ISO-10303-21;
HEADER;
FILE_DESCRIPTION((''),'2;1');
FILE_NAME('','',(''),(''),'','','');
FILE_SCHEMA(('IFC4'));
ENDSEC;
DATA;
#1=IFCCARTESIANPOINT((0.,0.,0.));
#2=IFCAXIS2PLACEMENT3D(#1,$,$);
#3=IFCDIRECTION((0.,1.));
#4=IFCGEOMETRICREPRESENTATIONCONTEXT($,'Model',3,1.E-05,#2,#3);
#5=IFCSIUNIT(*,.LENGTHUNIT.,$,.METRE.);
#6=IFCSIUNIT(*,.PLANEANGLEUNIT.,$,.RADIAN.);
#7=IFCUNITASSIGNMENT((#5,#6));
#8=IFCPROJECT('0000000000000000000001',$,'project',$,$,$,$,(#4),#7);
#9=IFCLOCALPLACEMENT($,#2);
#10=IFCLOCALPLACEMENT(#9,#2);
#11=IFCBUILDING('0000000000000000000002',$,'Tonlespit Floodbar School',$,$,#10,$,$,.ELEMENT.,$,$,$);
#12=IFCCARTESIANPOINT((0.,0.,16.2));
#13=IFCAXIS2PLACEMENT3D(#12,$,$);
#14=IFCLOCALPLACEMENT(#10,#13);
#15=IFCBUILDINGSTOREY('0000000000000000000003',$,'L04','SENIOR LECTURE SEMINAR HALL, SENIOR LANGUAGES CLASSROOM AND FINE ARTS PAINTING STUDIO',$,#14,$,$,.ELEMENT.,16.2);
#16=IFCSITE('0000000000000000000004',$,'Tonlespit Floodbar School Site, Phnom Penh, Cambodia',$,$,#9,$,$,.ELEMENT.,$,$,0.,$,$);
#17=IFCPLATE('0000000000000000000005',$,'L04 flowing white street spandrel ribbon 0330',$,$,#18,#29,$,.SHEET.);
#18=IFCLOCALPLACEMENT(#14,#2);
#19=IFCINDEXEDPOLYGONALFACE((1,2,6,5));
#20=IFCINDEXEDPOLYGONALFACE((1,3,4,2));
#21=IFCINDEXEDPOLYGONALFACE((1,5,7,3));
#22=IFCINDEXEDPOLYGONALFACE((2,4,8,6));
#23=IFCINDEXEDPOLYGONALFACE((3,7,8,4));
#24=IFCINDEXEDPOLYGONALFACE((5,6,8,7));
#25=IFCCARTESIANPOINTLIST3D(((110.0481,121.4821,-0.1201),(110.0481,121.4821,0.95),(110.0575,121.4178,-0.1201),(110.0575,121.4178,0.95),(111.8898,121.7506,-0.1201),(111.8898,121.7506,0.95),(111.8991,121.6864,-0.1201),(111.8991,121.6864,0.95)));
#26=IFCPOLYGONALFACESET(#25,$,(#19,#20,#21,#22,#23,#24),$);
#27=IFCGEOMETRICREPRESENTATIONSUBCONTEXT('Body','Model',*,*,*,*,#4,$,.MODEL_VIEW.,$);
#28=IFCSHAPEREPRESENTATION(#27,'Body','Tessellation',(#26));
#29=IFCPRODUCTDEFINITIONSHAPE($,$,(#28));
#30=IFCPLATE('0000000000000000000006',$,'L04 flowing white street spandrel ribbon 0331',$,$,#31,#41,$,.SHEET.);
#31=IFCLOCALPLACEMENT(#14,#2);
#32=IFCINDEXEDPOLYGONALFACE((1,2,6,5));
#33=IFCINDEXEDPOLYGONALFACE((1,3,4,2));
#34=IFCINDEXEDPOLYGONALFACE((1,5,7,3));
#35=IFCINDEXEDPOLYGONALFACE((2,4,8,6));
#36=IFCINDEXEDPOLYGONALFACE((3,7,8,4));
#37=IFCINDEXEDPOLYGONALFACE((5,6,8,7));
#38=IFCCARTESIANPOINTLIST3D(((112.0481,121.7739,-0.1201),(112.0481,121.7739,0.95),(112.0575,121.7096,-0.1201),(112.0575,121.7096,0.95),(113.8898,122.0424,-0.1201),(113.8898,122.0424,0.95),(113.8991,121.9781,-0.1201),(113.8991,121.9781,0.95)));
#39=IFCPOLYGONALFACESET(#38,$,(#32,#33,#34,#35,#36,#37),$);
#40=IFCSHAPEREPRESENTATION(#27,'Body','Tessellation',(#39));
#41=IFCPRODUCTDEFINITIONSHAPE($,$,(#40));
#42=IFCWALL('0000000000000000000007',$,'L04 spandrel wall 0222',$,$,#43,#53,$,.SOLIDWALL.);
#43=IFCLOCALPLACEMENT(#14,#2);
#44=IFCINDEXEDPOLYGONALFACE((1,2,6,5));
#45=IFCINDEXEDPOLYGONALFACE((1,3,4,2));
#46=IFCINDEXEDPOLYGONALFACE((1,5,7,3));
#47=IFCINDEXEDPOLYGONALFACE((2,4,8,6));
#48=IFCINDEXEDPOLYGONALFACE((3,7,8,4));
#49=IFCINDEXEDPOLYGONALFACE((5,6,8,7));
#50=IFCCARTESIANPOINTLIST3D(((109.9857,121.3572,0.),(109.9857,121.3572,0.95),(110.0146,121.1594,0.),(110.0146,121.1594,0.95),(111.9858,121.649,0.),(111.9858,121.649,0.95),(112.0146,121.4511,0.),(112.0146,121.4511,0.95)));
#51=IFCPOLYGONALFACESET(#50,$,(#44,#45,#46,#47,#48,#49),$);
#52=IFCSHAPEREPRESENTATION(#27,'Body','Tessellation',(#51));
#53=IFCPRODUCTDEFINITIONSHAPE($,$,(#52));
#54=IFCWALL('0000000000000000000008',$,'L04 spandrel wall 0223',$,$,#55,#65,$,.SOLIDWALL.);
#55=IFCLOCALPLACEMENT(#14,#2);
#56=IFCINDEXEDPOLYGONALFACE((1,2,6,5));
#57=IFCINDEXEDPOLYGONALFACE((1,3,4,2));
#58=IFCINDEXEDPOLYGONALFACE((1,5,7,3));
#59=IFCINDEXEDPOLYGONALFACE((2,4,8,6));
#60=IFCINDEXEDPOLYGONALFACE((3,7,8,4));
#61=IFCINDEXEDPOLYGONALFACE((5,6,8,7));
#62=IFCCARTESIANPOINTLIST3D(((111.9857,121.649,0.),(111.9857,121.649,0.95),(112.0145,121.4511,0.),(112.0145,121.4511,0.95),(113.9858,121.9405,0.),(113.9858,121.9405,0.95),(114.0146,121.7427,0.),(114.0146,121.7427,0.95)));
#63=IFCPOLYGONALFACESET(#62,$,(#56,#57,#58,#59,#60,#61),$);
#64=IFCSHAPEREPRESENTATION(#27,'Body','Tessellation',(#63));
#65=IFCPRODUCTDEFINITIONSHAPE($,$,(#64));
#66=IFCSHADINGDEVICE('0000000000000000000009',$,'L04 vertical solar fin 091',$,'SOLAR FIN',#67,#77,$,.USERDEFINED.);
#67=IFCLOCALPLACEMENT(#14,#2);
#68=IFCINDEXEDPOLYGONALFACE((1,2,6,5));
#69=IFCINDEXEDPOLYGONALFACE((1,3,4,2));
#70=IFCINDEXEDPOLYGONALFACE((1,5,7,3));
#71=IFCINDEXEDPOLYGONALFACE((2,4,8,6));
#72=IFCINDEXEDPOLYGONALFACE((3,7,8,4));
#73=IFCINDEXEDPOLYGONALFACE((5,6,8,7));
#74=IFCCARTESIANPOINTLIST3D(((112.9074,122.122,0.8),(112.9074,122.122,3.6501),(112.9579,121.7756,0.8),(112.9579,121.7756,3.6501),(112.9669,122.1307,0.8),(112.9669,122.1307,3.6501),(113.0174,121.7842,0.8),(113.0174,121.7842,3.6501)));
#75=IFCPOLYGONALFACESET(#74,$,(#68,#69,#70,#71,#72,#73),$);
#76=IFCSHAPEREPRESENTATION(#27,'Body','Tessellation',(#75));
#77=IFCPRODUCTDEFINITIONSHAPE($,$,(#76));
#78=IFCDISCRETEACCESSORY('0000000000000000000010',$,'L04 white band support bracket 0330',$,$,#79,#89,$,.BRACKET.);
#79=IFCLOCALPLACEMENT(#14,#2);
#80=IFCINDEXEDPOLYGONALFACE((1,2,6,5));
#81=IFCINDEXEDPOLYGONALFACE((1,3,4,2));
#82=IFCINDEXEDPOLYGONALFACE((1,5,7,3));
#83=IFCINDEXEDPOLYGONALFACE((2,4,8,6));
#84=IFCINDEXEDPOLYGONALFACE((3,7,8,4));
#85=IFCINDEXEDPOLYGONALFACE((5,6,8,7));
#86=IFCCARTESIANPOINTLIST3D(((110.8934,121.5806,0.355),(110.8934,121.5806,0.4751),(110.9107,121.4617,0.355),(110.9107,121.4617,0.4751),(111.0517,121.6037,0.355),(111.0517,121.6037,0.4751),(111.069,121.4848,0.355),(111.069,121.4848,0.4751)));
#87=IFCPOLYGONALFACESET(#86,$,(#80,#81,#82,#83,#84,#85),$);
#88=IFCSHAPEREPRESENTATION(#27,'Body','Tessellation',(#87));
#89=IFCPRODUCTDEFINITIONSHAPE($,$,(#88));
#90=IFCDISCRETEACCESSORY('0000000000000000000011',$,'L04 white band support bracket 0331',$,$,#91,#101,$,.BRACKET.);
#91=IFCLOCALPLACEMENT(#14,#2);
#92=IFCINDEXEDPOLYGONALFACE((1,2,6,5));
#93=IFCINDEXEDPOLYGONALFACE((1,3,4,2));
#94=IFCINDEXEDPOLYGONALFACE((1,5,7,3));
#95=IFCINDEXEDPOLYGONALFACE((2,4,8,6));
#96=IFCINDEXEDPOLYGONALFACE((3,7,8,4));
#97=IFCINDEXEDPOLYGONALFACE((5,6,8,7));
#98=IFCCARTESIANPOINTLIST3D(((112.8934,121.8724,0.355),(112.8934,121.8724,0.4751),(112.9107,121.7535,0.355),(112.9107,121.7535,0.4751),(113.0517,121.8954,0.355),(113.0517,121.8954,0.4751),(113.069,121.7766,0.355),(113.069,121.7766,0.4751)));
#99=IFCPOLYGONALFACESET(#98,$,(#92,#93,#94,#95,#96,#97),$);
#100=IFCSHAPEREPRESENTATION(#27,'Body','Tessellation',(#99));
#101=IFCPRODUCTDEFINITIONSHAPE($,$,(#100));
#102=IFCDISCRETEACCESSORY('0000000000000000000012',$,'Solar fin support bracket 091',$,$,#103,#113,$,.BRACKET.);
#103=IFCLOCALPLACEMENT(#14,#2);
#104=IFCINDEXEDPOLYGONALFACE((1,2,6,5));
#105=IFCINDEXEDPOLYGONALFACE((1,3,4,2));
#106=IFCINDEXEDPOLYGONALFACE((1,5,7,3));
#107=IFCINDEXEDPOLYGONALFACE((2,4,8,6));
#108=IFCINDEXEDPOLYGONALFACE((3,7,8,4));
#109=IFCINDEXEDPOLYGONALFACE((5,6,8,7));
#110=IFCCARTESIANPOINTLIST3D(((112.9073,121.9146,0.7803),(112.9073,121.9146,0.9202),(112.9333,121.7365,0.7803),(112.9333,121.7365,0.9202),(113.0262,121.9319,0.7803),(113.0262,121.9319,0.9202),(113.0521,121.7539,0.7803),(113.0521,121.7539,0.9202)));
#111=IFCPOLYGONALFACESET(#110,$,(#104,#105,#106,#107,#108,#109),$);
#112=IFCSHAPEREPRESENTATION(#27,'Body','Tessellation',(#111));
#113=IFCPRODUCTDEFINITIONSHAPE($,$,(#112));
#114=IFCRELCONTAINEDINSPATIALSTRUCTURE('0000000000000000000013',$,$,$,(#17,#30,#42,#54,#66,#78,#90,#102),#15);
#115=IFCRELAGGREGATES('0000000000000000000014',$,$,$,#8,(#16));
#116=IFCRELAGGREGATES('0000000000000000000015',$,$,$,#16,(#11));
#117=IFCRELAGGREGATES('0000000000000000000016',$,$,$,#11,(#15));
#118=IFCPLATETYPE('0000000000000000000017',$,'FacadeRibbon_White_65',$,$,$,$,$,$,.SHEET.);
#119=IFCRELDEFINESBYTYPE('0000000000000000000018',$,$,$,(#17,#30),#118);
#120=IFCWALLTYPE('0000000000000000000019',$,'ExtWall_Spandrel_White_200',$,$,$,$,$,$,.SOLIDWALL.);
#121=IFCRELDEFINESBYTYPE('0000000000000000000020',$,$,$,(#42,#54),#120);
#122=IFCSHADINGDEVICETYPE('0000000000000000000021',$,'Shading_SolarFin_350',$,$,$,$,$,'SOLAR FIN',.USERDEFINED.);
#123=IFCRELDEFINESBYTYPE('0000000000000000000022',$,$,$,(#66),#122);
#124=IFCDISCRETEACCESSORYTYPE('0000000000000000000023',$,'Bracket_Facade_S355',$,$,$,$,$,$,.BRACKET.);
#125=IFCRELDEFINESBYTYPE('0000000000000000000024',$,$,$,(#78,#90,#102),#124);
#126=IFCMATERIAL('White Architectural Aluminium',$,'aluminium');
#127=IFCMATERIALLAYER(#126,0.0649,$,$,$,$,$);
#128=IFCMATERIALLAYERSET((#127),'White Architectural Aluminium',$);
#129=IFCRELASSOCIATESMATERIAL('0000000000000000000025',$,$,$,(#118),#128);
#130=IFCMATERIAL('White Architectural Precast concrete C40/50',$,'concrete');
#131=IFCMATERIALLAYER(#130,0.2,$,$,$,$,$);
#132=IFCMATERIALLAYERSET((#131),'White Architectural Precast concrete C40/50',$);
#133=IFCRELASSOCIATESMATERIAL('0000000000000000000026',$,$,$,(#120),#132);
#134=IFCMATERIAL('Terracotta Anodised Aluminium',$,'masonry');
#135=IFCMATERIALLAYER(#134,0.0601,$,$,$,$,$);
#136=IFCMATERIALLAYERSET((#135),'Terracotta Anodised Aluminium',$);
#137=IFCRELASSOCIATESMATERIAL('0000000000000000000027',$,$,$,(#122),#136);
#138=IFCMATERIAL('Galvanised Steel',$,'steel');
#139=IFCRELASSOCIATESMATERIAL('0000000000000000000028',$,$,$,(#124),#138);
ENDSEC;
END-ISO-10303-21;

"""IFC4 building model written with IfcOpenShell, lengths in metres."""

from ifc_helpers import new_model, si_unit, direction, frame, frame_2d, origin, origin_2d, place, context, subcontext, project, spatial, rectangle, extrude, material, layer, layer_set, type_object, element, save


model = new_model("IFC4")

# Units and contexts
model_context = context("Model", 3, precision=1e-05, world=origin(), true_north=direction((0.0, 1.0)))
body_context = subcontext(model_context, "Body", "Model", "MODEL_VIEW")
ifc_project = project(units=[si_unit("LENGTHUNIT", "METRE"), si_unit("PLANEANGLEUNIT", "RADIAN")], contexts=[model_context])

# Site, building, storey
site_placement = place(None, origin())
site = spatial("IfcSite", under=ifc_project, at=site_placement, Name="Tonlespit Floodbar School Site, Phnom Penh, Cambodia", CompositionType="ELEMENT", RefElevation=0.0)
building_placement = place(site_placement, origin())
building = spatial("IfcBuilding", under=site, at=building_placement, Name="Tonlespit Floodbar School", CompositionType="ELEMENT")
storey_placement = place(building_placement, frame((0.0, 0.0, 16.2)))
storey = spatial("IfcBuildingStorey", under=building, at=storey_placement, Name="L04", Description="SENIOR LECTURE SEMINAR HALL, SENIOR LANGUAGES CLASSROOM AND FINE ARTS PAINTING STUDIO", CompositionType="ELEMENT", Elevation=16.2)

# Plates
ifc_material_1 = material(Name="White Architectural Aluminium", Category="aluminium")
ifc_layer_1 = layer(ifc_material_1, 0.0649)
ifc_layer_set_1 = layer_set([ifc_layer_1], Name="White Architectural Aluminium")
plate_type_1 = type_object("IfcPlateType", Name="FacadeRibbon_White_65", PredefinedType="SHEET", material=ifc_layer_set_1)
for number, where, z_axis, x_axis, name in (
    (1, (110.9736, 121.5842, -0.1201), (0.0, 0.0, 1.0), (0.989538, 0.144275, 0.0), "L04 flowing white street spandrel ribbon 0330"),
    (2, (112.9736, 121.876, -0.1201), (0.0, 0.0, 1.0), (0.989538, 0.144275, 0.0), "L04 flowing white street spandrel ribbon 0331"),
):
    element("IfcPlate", number, at=place(storey_placement, frame(where, z_axis=z_axis, x_axis=x_axis)), inside=storey, type_object=plate_type_1, Name=name, PredefinedType="SHEET", context=body_context, shape_type="SweptSolid", body=[
        extrude(rectangle(XDim=1.8611, YDim=0.0649, at=origin_2d()), origin(), (0.0, 0.0, 1.0), 1.0701),
    ])

# Walls
ifc_material_2 = material(Name="White Architectural Precast concrete C40/50", Category="concrete")
ifc_layer_2 = layer(ifc_material_2, 0.2)
ifc_layer_set_2 = layer_set([ifc_layer_2], Name="White Architectural Precast concrete C40/50")
wall_type = type_object("IfcWallType", Name="ExtWall_Spandrel_White_200", PredefinedType="SOLIDWALL", material=ifc_layer_set_2)
for number, where, z_axis, x_axis, name in (
    (3, (110.0, 121.2583, 0.0), (0.0, 0.0, 1.0), (0.989527, 0.144346, 0.0), "L04 spandrel wall 0222"),
    (4, (112.0, 121.55, 0.0), (0.0, 0.0, 1.0), (0.989544, 0.144228, 0.0), "L04 spandrel wall 0223"),
):
    element("IfcWall", number, at=place(storey_placement, frame(where, z_axis=z_axis, x_axis=x_axis)), inside=storey, type_object=wall_type, Name=name, PredefinedType="SOLIDWALL", context=body_context, shape_type="SweptSolid", body=[
        extrude(rectangle(XDim=2.0212, YDim=0.2, at=frame_2d((1.0107, 0.0))), origin(), (0.0, 0.0, 1.0), 0.95),
    ])

# Shading device
ifc_material_3 = material(Name="Terracotta Anodised Aluminium", Category="masonry")
ifc_layer_3 = layer(ifc_material_3, 0.0601)
ifc_layer_set_3 = layer_set([ifc_layer_3], Name="Terracotta Anodised Aluminium")
shading_device_type = type_object("IfcShadingDeviceType", Name="Shading_SolarFin_350", ElementType="SOLAR FIN", PredefinedType="USERDEFINED", material=ifc_layer_set_3)
shading_device_placement = place(storey_placement, frame((112.9624, 121.9531, 0.8), z_axis=(0.0, 0.0, 1.0), x_axis=(0.989538, 0.144275, 0.0)))
element("IfcShadingDevice", 5, at=shading_device_placement, inside=storey, type_object=shading_device_type, Name="L04 vertical solar fin 091", ObjectType="SOLAR FIN", PredefinedType="USERDEFINED", context=body_context, shape_type="SweptSolid", body=[
    extrude(rectangle(XDim=0.0601, YDim=0.3501, at=origin_2d()), origin(), (0.0, 0.0, 1.0), 2.8501),
])

# Discrete accessories
ifc_material_4 = material(Name="Galvanised Steel", Category="steel")
discrete_accessory_type = type_object("IfcDiscreteAccessoryType", Name="Bracket_Facade_S355", PredefinedType="BRACKET", material=ifc_material_4)
for number, where, z_axis, x_axis, name in (
    (6, (110.9812, 121.5327, 0.355), (0.0, 0.0, 1.0), (0.989538, 0.144275, 0.0), "L04 white band support bracket 0330"),
    (7, (112.9812, 121.8245, 0.355), (0.0, 0.0, 1.0), (0.989538, 0.144275, 0.0), "L04 white band support bracket 0331"),
):
    element("IfcDiscreteAccessory", number, at=place(storey_placement, frame(where, z_axis=z_axis, x_axis=x_axis)), inside=storey, type_object=discrete_accessory_type, Name=name, PredefinedType="BRACKET", context=body_context, shape_type="SweptSolid", body=[
        extrude(rectangle(XDim=0.1599, YDim=0.1201, at=origin_2d()), origin(), (0.0, 0.0, 1.0), 0.1201),
    ])
discrete_accessory_placement = place(storey_placement, frame((112.9797, 121.8342, 0.7803), z_axis=(0.0, 0.0, 1.0), x_axis=(0.989538, 0.144275, 0.0)))
element("IfcDiscreteAccessory", 8, at=discrete_accessory_placement, inside=storey, type_object=discrete_accessory_type, Name="Solar fin support bracket 091", PredefinedType="BRACKET", context=body_context, shape_type="SweptSolid", body=[
    extrude(rectangle(XDim=0.1201, YDim=0.1799, at=origin_2d()), origin(), (0.0, 0.0, 1.0), 0.1399),
])

save(model, "model.ifc")
